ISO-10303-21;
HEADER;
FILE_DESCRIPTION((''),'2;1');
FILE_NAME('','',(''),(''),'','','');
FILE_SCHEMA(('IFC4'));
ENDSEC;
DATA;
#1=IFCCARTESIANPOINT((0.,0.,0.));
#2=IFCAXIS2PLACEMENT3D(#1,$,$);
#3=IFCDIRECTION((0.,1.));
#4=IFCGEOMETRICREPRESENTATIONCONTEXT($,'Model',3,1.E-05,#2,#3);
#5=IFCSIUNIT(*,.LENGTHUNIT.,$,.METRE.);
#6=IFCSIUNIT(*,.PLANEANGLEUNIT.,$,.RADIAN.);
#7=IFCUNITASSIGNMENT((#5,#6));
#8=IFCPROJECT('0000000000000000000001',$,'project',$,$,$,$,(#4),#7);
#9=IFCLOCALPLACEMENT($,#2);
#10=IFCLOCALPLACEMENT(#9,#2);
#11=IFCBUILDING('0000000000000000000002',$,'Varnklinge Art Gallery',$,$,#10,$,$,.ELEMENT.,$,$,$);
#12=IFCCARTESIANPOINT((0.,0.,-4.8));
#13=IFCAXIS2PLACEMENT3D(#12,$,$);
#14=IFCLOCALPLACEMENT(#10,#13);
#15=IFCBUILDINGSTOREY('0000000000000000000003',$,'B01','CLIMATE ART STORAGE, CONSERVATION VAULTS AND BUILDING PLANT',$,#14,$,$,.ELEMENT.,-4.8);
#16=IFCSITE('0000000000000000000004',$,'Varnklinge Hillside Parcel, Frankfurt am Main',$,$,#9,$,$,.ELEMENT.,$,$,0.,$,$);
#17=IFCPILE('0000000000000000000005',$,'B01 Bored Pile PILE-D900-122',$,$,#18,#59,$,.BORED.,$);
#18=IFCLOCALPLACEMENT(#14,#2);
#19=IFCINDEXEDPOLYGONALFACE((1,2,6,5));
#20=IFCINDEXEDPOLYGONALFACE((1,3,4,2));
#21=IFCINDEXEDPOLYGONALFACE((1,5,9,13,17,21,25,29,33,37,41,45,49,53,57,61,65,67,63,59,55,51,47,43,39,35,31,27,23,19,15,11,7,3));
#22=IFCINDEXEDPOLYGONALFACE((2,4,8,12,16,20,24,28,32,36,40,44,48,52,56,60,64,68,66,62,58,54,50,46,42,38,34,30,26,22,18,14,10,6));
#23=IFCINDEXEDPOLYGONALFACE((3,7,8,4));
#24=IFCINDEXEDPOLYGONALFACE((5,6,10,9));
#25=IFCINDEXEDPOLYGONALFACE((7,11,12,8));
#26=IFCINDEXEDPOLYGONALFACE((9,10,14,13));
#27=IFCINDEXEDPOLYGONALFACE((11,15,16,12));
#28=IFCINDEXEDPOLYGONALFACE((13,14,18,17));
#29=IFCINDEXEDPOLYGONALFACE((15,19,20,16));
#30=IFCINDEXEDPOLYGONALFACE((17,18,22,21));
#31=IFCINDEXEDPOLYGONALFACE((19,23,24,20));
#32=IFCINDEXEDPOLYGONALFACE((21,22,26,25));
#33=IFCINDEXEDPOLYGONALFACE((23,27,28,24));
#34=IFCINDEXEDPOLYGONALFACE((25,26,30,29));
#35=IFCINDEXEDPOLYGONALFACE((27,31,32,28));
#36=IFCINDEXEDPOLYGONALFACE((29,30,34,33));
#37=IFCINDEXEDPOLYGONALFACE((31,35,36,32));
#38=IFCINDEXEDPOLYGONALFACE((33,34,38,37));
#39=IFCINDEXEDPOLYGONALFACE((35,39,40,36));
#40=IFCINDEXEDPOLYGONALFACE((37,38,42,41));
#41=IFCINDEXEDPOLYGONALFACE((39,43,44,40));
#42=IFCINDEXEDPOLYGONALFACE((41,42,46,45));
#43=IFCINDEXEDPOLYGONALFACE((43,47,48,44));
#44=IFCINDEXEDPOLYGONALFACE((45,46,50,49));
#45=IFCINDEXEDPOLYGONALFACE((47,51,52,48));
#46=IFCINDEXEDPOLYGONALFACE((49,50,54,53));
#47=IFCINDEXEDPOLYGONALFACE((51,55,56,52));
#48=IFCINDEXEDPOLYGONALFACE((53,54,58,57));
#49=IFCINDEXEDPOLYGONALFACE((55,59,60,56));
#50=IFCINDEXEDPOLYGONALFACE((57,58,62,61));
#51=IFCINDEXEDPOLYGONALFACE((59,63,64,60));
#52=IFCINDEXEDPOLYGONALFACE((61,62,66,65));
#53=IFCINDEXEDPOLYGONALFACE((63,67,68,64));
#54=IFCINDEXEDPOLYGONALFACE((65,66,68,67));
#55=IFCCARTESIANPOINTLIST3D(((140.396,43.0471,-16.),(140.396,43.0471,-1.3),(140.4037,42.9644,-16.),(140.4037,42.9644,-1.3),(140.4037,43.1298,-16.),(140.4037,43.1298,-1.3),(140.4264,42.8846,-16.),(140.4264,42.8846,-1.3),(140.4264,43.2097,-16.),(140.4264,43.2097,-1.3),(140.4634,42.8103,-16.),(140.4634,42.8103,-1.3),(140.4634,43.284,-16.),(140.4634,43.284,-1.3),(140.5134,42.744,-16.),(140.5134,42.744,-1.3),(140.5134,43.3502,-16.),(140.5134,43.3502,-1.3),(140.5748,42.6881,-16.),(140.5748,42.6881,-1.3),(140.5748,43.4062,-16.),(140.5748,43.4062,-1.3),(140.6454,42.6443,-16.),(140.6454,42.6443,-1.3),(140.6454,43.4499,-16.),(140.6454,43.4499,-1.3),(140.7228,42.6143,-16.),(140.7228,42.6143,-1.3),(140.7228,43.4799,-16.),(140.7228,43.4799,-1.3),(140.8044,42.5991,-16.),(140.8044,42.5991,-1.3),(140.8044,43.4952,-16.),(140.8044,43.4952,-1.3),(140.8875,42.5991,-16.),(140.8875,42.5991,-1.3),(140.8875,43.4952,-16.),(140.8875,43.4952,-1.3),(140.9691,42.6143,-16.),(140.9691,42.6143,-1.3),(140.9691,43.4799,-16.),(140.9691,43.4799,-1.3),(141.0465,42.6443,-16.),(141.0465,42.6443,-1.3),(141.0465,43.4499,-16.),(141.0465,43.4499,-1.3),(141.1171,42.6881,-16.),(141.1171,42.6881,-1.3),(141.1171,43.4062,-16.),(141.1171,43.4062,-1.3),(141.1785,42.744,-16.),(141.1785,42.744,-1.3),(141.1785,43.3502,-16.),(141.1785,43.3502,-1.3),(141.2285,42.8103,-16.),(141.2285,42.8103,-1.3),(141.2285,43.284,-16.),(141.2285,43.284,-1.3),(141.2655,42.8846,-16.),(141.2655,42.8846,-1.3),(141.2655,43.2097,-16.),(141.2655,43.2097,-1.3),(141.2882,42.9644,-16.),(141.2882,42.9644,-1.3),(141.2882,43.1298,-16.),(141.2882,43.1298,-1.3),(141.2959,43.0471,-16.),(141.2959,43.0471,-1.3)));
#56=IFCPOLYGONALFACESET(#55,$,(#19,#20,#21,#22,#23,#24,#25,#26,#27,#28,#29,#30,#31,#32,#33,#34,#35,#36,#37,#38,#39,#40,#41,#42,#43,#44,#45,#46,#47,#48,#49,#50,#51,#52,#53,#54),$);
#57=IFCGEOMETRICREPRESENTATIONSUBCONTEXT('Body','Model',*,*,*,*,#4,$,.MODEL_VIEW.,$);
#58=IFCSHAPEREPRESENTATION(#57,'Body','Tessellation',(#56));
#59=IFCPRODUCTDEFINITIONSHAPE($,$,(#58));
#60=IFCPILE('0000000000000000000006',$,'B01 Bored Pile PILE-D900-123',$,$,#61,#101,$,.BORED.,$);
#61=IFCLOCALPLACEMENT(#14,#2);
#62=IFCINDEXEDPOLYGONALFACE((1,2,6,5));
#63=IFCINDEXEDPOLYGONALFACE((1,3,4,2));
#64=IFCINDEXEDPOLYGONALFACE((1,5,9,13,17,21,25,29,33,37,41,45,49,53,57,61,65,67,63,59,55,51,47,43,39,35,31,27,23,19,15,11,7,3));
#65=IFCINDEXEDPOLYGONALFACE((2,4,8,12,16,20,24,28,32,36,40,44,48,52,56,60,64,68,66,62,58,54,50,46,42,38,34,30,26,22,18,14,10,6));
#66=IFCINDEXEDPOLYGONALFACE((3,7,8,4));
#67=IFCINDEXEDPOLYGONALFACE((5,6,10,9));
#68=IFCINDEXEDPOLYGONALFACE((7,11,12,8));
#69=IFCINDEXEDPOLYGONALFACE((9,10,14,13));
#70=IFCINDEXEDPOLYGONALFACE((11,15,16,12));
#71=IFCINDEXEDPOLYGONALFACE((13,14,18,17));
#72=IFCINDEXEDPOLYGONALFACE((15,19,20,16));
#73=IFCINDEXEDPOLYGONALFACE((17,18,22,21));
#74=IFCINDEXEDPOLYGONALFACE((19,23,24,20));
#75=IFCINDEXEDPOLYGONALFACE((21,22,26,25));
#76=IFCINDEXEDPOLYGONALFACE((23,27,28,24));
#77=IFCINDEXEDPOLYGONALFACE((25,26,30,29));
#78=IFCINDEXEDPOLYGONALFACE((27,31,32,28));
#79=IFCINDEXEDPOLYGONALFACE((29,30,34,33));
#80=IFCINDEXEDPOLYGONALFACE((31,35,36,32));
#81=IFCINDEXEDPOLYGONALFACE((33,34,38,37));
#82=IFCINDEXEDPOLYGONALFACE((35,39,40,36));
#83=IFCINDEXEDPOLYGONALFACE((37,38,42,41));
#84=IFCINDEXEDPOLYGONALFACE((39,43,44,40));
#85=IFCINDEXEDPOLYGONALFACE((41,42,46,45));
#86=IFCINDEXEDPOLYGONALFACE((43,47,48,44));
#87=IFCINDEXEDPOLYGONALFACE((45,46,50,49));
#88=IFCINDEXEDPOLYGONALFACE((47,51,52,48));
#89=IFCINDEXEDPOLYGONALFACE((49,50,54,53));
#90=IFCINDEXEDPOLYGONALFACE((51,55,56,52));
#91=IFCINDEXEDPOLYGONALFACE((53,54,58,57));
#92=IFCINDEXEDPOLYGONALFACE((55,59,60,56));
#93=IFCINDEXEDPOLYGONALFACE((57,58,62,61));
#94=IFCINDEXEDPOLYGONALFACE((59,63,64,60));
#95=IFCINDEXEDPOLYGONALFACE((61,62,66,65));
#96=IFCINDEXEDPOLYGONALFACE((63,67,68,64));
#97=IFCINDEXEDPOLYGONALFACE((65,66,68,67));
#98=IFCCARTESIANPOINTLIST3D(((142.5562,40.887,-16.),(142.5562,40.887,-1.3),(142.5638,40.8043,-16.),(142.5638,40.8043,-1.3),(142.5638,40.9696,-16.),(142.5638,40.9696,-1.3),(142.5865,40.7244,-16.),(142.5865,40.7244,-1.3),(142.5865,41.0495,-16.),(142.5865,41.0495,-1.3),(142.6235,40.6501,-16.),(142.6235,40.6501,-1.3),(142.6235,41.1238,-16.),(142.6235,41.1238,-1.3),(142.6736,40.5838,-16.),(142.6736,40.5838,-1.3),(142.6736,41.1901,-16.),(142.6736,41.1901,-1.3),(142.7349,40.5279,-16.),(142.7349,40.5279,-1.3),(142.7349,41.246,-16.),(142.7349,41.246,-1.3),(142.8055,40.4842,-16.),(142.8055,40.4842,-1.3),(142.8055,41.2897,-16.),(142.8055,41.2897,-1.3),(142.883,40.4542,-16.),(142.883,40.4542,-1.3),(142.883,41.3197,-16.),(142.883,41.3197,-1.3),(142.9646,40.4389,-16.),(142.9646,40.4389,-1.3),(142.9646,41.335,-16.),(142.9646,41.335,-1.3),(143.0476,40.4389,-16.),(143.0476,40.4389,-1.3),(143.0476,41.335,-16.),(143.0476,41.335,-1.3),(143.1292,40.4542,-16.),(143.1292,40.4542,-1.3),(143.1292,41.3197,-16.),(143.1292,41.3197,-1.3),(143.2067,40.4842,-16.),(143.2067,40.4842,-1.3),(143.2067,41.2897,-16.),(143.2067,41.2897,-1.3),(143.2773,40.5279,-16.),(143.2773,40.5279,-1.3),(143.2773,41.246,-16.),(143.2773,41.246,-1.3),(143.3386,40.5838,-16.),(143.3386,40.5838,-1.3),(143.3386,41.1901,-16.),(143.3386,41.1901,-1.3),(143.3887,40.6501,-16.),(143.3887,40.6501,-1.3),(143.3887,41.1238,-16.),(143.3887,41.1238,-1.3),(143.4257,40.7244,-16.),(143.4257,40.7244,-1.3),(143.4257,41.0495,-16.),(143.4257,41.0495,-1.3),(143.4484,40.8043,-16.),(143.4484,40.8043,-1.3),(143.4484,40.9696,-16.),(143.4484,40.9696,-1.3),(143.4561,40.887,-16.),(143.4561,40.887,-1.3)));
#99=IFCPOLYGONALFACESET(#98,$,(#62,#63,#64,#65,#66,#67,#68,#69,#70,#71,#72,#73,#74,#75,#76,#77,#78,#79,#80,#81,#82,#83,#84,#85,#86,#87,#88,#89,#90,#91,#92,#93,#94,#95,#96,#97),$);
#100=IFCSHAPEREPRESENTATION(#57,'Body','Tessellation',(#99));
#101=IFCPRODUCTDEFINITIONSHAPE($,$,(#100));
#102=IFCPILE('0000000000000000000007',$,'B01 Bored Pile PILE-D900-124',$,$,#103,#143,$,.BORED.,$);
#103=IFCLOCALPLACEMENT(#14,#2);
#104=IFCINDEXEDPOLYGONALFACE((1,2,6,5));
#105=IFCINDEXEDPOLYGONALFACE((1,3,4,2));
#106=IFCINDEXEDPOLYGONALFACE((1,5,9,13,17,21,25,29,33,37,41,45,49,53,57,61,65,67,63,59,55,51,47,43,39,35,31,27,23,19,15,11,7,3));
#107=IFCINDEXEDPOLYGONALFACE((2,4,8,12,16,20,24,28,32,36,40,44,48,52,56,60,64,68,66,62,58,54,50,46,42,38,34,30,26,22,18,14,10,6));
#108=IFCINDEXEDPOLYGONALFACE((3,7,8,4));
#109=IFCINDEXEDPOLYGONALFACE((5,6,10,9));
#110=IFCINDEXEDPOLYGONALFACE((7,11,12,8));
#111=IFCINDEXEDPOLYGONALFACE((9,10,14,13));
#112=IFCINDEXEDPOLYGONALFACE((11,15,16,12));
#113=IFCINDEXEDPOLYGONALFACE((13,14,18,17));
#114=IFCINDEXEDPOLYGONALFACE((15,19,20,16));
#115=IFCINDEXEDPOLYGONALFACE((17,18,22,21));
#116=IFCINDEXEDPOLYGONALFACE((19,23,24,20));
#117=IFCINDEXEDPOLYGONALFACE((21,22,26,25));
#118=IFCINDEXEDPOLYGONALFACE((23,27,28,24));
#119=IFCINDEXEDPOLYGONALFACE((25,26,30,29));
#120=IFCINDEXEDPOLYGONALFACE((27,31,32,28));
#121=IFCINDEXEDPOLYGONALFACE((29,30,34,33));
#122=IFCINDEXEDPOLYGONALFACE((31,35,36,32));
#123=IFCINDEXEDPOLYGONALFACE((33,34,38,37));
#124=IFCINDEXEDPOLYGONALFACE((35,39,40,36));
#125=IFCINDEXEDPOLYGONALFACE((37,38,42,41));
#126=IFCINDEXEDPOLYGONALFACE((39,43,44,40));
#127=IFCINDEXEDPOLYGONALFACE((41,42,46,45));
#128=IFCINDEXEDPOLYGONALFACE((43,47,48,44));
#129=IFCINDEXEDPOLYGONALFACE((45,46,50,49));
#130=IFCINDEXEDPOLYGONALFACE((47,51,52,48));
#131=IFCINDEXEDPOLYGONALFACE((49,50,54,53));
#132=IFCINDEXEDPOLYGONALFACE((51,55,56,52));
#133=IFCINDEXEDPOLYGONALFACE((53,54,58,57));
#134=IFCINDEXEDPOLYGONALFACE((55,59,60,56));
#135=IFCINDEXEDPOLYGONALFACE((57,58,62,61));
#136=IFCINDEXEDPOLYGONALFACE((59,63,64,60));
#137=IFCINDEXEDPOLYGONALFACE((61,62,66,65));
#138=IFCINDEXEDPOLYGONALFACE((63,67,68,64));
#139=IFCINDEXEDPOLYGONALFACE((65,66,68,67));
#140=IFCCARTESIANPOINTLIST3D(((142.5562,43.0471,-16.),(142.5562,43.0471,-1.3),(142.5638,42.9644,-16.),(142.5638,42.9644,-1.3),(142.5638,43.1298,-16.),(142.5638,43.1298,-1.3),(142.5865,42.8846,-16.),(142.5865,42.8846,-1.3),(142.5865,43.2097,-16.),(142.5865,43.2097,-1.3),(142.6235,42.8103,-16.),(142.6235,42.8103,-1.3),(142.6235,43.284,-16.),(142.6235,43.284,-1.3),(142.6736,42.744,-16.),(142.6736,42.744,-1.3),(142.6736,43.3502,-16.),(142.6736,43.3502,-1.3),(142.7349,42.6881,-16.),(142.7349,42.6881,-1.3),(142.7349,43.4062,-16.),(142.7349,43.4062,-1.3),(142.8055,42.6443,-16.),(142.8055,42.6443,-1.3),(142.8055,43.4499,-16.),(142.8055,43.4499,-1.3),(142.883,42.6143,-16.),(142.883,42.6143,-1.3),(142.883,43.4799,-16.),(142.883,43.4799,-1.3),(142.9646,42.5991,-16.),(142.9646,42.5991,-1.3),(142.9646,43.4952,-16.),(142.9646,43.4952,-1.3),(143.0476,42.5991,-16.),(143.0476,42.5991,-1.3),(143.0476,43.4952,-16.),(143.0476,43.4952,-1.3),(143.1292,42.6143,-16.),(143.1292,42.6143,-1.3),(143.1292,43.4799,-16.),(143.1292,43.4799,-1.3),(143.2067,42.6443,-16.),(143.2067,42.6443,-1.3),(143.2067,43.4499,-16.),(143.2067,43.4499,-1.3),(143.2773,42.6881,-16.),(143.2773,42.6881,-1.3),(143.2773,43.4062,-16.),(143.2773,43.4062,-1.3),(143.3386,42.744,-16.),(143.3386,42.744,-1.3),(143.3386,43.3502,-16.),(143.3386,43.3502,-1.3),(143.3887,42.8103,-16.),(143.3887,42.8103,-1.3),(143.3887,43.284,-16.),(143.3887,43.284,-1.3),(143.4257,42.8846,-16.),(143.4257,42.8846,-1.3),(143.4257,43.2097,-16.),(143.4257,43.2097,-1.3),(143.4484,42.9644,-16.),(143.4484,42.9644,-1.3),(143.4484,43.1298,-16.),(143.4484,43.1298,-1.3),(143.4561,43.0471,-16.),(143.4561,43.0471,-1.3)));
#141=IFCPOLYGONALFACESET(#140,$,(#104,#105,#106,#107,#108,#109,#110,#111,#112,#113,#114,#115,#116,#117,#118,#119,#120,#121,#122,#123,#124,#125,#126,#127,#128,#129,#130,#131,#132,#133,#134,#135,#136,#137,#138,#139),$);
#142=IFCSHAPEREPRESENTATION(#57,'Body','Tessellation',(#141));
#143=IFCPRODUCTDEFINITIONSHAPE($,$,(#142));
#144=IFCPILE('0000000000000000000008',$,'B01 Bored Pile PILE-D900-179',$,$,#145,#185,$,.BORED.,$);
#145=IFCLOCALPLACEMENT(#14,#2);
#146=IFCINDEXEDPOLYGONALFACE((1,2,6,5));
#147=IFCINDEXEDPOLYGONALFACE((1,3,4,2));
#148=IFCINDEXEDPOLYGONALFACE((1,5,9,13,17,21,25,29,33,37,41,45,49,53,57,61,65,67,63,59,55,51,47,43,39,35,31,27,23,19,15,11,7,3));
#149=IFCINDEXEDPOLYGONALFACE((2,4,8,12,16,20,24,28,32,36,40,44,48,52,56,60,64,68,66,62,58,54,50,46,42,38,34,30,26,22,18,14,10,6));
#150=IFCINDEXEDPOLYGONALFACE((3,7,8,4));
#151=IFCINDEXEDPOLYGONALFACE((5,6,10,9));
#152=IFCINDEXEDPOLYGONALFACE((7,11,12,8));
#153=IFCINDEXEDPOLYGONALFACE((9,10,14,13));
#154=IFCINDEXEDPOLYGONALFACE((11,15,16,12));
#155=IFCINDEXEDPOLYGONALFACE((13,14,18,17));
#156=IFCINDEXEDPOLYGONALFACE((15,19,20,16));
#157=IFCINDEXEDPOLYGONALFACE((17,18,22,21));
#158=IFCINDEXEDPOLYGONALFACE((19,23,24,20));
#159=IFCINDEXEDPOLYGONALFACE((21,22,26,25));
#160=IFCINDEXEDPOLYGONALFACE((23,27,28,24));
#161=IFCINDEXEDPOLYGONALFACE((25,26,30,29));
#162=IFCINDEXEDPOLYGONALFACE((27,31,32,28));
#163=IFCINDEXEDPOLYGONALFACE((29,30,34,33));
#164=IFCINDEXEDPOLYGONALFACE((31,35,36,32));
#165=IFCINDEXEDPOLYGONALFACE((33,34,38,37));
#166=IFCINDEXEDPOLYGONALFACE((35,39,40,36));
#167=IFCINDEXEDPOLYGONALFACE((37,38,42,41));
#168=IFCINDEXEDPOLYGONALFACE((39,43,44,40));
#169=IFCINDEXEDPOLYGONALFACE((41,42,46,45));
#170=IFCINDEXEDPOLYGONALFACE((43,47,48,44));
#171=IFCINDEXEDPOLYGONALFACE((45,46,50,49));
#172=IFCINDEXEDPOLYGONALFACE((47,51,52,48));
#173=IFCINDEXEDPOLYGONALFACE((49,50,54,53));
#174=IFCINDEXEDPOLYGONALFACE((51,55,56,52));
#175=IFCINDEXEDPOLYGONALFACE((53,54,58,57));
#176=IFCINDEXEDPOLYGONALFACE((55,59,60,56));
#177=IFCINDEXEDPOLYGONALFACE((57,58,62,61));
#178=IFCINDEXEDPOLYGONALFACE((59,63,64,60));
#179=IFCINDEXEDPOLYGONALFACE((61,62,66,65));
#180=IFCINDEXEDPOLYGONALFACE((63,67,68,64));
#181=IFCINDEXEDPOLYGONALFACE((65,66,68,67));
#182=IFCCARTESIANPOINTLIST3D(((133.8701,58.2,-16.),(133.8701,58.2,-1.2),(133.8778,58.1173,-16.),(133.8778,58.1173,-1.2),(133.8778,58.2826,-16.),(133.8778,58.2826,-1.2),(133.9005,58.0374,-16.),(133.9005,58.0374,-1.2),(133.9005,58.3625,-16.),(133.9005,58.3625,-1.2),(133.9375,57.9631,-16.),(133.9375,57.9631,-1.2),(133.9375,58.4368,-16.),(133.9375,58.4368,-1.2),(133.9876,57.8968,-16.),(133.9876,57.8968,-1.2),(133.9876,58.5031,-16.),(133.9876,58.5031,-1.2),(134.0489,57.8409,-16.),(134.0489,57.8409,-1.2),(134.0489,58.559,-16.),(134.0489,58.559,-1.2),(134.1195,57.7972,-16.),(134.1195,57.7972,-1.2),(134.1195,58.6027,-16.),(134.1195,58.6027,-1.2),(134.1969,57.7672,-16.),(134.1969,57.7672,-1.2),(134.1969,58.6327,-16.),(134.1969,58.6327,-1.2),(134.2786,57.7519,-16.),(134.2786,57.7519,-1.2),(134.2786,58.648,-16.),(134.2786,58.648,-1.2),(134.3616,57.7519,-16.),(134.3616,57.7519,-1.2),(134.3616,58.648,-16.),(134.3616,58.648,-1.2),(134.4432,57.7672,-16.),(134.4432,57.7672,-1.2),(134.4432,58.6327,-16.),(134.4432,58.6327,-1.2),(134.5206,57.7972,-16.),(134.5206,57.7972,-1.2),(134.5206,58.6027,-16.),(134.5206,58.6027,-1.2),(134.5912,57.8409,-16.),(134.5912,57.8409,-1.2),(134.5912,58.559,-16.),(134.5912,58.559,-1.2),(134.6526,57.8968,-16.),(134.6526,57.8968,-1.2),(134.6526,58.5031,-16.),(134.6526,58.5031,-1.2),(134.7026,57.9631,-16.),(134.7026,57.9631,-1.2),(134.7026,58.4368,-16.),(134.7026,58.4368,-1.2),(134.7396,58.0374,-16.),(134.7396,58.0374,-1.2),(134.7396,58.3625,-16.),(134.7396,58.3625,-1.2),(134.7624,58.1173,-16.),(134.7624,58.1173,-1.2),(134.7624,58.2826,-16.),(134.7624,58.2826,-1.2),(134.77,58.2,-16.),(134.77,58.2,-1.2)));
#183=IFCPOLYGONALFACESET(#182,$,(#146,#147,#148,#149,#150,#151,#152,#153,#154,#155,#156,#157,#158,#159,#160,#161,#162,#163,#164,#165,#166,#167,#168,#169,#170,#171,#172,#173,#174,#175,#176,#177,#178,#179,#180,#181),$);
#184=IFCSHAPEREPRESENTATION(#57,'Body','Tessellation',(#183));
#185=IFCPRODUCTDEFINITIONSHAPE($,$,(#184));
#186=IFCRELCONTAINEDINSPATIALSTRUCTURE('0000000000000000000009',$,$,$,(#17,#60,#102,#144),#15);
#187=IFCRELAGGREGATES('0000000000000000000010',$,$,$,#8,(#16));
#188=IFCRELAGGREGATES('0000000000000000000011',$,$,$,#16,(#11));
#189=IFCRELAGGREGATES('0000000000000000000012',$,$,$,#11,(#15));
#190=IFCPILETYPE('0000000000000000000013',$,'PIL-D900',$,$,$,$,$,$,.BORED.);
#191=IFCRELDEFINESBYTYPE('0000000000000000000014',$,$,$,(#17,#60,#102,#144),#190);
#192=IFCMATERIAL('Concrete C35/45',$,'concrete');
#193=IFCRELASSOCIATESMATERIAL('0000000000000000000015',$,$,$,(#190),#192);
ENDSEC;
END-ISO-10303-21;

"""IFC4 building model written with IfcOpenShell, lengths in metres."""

from ifc_helpers import new_model, si_unit, direction, frame, origin, origin_2d, place, context, subcontext, project, spatial, circle, extrude, material, material_profile, profile_set, type_object, element, save


model = new_model("IFC4")

# Units and contexts
model_context = context("Model", 3, precision=1e-05, world=origin(), true_north=direction((0.0, 1.0)))
body_context = subcontext(model_context, "Body", "Model", "MODEL_VIEW")
ifc_project = project(units=[si_unit("LENGTHUNIT", "METRE"), si_unit("PLANEANGLEUNIT", "RADIAN")], contexts=[model_context])

# Site, building, storey
site_placement = place(None, origin())
site = spatial("IfcSite", under=ifc_project, at=site_placement, Name="Varnklinge Hillside Parcel, Frankfurt am Main", CompositionType="ELEMENT", RefElevation=0.0)
building_placement = place(site_placement, origin())
building = spatial("IfcBuilding", under=site, at=building_placement, Name="Varnklinge Art Gallery", CompositionType="ELEMENT")
storey_placement = place(building_placement, frame((0.0, 0.0, -4.8)))
storey = spatial("IfcBuildingStorey", under=building, at=storey_placement, Name="B01", Description="CLIMATE ART STORAGE, CONSERVATION VAULTS AND BUILDING PLANT", CompositionType="ELEMENT", Elevation=-4.8)

# Piles
ifc_material_1 = material(Name="Concrete C35/45", Category="concrete")
ifc_material_profile_1 = material_profile(ifc_material_1, circle(Radius=0.45, at=origin_2d()), Name="PILE D900")
ifc_profile_set_1 = profile_set([ifc_material_profile_1], Name="Concrete C35/45")
pile_type = type_object("IfcPileType", Name="PIL-D900", PredefinedType="BORED", material=ifc_profile_set_1)
for number, where, z_axis, x_axis, name in (
    (1, (140.8459, 43.0471, -1.3), (0.0, 0.0, -1.0), (1.0, 0.0, 0.0), "B01 Bored Pile PILE-D900-122"),
    (2, (143.0061, 40.887, -1.3), (0.0, 0.0, -1.0), (1.0, 0.0, 0.0), "B01 Bored Pile PILE-D900-123"),
    (3, (143.0061, 43.0471, -1.3), (0.0, 0.0, -1.0), (1.0, 0.0, 0.0), "B01 Bored Pile PILE-D900-124"),
):
    element("IfcPile", number, at=place(storey_placement, frame(where, z_axis=z_axis, x_axis=x_axis)), inside=storey, type_object=pile_type, Name=name, PredefinedType="BORED", context=body_context, shape_type="SweptSolid", body=[
        extrude(circle(Radius=0.45, at=origin_2d()), origin(), (0.0, 0.0, 1.0), 14.7),
    ])
for number, where, z_axis, x_axis, name in (
    (4, (134.3201, 58.2, -1.2), (0.0, 0.0, -1.0), (1.0, 0.0, 0.0), "B01 Bored Pile PILE-D900-179"),
):
    element("IfcPile", number, at=place(storey_placement, frame(where, z_axis=z_axis, x_axis=x_axis)), inside=storey, type_object=pile_type, Name=name, PredefinedType="BORED", context=body_context, shape_type="SweptSolid", body=[
        extrude(circle(Radius=0.45, at=origin_2d()), origin(), (0.0, 0.0, 1.0), 14.8),
    ])

save(model, "model.ifc")
